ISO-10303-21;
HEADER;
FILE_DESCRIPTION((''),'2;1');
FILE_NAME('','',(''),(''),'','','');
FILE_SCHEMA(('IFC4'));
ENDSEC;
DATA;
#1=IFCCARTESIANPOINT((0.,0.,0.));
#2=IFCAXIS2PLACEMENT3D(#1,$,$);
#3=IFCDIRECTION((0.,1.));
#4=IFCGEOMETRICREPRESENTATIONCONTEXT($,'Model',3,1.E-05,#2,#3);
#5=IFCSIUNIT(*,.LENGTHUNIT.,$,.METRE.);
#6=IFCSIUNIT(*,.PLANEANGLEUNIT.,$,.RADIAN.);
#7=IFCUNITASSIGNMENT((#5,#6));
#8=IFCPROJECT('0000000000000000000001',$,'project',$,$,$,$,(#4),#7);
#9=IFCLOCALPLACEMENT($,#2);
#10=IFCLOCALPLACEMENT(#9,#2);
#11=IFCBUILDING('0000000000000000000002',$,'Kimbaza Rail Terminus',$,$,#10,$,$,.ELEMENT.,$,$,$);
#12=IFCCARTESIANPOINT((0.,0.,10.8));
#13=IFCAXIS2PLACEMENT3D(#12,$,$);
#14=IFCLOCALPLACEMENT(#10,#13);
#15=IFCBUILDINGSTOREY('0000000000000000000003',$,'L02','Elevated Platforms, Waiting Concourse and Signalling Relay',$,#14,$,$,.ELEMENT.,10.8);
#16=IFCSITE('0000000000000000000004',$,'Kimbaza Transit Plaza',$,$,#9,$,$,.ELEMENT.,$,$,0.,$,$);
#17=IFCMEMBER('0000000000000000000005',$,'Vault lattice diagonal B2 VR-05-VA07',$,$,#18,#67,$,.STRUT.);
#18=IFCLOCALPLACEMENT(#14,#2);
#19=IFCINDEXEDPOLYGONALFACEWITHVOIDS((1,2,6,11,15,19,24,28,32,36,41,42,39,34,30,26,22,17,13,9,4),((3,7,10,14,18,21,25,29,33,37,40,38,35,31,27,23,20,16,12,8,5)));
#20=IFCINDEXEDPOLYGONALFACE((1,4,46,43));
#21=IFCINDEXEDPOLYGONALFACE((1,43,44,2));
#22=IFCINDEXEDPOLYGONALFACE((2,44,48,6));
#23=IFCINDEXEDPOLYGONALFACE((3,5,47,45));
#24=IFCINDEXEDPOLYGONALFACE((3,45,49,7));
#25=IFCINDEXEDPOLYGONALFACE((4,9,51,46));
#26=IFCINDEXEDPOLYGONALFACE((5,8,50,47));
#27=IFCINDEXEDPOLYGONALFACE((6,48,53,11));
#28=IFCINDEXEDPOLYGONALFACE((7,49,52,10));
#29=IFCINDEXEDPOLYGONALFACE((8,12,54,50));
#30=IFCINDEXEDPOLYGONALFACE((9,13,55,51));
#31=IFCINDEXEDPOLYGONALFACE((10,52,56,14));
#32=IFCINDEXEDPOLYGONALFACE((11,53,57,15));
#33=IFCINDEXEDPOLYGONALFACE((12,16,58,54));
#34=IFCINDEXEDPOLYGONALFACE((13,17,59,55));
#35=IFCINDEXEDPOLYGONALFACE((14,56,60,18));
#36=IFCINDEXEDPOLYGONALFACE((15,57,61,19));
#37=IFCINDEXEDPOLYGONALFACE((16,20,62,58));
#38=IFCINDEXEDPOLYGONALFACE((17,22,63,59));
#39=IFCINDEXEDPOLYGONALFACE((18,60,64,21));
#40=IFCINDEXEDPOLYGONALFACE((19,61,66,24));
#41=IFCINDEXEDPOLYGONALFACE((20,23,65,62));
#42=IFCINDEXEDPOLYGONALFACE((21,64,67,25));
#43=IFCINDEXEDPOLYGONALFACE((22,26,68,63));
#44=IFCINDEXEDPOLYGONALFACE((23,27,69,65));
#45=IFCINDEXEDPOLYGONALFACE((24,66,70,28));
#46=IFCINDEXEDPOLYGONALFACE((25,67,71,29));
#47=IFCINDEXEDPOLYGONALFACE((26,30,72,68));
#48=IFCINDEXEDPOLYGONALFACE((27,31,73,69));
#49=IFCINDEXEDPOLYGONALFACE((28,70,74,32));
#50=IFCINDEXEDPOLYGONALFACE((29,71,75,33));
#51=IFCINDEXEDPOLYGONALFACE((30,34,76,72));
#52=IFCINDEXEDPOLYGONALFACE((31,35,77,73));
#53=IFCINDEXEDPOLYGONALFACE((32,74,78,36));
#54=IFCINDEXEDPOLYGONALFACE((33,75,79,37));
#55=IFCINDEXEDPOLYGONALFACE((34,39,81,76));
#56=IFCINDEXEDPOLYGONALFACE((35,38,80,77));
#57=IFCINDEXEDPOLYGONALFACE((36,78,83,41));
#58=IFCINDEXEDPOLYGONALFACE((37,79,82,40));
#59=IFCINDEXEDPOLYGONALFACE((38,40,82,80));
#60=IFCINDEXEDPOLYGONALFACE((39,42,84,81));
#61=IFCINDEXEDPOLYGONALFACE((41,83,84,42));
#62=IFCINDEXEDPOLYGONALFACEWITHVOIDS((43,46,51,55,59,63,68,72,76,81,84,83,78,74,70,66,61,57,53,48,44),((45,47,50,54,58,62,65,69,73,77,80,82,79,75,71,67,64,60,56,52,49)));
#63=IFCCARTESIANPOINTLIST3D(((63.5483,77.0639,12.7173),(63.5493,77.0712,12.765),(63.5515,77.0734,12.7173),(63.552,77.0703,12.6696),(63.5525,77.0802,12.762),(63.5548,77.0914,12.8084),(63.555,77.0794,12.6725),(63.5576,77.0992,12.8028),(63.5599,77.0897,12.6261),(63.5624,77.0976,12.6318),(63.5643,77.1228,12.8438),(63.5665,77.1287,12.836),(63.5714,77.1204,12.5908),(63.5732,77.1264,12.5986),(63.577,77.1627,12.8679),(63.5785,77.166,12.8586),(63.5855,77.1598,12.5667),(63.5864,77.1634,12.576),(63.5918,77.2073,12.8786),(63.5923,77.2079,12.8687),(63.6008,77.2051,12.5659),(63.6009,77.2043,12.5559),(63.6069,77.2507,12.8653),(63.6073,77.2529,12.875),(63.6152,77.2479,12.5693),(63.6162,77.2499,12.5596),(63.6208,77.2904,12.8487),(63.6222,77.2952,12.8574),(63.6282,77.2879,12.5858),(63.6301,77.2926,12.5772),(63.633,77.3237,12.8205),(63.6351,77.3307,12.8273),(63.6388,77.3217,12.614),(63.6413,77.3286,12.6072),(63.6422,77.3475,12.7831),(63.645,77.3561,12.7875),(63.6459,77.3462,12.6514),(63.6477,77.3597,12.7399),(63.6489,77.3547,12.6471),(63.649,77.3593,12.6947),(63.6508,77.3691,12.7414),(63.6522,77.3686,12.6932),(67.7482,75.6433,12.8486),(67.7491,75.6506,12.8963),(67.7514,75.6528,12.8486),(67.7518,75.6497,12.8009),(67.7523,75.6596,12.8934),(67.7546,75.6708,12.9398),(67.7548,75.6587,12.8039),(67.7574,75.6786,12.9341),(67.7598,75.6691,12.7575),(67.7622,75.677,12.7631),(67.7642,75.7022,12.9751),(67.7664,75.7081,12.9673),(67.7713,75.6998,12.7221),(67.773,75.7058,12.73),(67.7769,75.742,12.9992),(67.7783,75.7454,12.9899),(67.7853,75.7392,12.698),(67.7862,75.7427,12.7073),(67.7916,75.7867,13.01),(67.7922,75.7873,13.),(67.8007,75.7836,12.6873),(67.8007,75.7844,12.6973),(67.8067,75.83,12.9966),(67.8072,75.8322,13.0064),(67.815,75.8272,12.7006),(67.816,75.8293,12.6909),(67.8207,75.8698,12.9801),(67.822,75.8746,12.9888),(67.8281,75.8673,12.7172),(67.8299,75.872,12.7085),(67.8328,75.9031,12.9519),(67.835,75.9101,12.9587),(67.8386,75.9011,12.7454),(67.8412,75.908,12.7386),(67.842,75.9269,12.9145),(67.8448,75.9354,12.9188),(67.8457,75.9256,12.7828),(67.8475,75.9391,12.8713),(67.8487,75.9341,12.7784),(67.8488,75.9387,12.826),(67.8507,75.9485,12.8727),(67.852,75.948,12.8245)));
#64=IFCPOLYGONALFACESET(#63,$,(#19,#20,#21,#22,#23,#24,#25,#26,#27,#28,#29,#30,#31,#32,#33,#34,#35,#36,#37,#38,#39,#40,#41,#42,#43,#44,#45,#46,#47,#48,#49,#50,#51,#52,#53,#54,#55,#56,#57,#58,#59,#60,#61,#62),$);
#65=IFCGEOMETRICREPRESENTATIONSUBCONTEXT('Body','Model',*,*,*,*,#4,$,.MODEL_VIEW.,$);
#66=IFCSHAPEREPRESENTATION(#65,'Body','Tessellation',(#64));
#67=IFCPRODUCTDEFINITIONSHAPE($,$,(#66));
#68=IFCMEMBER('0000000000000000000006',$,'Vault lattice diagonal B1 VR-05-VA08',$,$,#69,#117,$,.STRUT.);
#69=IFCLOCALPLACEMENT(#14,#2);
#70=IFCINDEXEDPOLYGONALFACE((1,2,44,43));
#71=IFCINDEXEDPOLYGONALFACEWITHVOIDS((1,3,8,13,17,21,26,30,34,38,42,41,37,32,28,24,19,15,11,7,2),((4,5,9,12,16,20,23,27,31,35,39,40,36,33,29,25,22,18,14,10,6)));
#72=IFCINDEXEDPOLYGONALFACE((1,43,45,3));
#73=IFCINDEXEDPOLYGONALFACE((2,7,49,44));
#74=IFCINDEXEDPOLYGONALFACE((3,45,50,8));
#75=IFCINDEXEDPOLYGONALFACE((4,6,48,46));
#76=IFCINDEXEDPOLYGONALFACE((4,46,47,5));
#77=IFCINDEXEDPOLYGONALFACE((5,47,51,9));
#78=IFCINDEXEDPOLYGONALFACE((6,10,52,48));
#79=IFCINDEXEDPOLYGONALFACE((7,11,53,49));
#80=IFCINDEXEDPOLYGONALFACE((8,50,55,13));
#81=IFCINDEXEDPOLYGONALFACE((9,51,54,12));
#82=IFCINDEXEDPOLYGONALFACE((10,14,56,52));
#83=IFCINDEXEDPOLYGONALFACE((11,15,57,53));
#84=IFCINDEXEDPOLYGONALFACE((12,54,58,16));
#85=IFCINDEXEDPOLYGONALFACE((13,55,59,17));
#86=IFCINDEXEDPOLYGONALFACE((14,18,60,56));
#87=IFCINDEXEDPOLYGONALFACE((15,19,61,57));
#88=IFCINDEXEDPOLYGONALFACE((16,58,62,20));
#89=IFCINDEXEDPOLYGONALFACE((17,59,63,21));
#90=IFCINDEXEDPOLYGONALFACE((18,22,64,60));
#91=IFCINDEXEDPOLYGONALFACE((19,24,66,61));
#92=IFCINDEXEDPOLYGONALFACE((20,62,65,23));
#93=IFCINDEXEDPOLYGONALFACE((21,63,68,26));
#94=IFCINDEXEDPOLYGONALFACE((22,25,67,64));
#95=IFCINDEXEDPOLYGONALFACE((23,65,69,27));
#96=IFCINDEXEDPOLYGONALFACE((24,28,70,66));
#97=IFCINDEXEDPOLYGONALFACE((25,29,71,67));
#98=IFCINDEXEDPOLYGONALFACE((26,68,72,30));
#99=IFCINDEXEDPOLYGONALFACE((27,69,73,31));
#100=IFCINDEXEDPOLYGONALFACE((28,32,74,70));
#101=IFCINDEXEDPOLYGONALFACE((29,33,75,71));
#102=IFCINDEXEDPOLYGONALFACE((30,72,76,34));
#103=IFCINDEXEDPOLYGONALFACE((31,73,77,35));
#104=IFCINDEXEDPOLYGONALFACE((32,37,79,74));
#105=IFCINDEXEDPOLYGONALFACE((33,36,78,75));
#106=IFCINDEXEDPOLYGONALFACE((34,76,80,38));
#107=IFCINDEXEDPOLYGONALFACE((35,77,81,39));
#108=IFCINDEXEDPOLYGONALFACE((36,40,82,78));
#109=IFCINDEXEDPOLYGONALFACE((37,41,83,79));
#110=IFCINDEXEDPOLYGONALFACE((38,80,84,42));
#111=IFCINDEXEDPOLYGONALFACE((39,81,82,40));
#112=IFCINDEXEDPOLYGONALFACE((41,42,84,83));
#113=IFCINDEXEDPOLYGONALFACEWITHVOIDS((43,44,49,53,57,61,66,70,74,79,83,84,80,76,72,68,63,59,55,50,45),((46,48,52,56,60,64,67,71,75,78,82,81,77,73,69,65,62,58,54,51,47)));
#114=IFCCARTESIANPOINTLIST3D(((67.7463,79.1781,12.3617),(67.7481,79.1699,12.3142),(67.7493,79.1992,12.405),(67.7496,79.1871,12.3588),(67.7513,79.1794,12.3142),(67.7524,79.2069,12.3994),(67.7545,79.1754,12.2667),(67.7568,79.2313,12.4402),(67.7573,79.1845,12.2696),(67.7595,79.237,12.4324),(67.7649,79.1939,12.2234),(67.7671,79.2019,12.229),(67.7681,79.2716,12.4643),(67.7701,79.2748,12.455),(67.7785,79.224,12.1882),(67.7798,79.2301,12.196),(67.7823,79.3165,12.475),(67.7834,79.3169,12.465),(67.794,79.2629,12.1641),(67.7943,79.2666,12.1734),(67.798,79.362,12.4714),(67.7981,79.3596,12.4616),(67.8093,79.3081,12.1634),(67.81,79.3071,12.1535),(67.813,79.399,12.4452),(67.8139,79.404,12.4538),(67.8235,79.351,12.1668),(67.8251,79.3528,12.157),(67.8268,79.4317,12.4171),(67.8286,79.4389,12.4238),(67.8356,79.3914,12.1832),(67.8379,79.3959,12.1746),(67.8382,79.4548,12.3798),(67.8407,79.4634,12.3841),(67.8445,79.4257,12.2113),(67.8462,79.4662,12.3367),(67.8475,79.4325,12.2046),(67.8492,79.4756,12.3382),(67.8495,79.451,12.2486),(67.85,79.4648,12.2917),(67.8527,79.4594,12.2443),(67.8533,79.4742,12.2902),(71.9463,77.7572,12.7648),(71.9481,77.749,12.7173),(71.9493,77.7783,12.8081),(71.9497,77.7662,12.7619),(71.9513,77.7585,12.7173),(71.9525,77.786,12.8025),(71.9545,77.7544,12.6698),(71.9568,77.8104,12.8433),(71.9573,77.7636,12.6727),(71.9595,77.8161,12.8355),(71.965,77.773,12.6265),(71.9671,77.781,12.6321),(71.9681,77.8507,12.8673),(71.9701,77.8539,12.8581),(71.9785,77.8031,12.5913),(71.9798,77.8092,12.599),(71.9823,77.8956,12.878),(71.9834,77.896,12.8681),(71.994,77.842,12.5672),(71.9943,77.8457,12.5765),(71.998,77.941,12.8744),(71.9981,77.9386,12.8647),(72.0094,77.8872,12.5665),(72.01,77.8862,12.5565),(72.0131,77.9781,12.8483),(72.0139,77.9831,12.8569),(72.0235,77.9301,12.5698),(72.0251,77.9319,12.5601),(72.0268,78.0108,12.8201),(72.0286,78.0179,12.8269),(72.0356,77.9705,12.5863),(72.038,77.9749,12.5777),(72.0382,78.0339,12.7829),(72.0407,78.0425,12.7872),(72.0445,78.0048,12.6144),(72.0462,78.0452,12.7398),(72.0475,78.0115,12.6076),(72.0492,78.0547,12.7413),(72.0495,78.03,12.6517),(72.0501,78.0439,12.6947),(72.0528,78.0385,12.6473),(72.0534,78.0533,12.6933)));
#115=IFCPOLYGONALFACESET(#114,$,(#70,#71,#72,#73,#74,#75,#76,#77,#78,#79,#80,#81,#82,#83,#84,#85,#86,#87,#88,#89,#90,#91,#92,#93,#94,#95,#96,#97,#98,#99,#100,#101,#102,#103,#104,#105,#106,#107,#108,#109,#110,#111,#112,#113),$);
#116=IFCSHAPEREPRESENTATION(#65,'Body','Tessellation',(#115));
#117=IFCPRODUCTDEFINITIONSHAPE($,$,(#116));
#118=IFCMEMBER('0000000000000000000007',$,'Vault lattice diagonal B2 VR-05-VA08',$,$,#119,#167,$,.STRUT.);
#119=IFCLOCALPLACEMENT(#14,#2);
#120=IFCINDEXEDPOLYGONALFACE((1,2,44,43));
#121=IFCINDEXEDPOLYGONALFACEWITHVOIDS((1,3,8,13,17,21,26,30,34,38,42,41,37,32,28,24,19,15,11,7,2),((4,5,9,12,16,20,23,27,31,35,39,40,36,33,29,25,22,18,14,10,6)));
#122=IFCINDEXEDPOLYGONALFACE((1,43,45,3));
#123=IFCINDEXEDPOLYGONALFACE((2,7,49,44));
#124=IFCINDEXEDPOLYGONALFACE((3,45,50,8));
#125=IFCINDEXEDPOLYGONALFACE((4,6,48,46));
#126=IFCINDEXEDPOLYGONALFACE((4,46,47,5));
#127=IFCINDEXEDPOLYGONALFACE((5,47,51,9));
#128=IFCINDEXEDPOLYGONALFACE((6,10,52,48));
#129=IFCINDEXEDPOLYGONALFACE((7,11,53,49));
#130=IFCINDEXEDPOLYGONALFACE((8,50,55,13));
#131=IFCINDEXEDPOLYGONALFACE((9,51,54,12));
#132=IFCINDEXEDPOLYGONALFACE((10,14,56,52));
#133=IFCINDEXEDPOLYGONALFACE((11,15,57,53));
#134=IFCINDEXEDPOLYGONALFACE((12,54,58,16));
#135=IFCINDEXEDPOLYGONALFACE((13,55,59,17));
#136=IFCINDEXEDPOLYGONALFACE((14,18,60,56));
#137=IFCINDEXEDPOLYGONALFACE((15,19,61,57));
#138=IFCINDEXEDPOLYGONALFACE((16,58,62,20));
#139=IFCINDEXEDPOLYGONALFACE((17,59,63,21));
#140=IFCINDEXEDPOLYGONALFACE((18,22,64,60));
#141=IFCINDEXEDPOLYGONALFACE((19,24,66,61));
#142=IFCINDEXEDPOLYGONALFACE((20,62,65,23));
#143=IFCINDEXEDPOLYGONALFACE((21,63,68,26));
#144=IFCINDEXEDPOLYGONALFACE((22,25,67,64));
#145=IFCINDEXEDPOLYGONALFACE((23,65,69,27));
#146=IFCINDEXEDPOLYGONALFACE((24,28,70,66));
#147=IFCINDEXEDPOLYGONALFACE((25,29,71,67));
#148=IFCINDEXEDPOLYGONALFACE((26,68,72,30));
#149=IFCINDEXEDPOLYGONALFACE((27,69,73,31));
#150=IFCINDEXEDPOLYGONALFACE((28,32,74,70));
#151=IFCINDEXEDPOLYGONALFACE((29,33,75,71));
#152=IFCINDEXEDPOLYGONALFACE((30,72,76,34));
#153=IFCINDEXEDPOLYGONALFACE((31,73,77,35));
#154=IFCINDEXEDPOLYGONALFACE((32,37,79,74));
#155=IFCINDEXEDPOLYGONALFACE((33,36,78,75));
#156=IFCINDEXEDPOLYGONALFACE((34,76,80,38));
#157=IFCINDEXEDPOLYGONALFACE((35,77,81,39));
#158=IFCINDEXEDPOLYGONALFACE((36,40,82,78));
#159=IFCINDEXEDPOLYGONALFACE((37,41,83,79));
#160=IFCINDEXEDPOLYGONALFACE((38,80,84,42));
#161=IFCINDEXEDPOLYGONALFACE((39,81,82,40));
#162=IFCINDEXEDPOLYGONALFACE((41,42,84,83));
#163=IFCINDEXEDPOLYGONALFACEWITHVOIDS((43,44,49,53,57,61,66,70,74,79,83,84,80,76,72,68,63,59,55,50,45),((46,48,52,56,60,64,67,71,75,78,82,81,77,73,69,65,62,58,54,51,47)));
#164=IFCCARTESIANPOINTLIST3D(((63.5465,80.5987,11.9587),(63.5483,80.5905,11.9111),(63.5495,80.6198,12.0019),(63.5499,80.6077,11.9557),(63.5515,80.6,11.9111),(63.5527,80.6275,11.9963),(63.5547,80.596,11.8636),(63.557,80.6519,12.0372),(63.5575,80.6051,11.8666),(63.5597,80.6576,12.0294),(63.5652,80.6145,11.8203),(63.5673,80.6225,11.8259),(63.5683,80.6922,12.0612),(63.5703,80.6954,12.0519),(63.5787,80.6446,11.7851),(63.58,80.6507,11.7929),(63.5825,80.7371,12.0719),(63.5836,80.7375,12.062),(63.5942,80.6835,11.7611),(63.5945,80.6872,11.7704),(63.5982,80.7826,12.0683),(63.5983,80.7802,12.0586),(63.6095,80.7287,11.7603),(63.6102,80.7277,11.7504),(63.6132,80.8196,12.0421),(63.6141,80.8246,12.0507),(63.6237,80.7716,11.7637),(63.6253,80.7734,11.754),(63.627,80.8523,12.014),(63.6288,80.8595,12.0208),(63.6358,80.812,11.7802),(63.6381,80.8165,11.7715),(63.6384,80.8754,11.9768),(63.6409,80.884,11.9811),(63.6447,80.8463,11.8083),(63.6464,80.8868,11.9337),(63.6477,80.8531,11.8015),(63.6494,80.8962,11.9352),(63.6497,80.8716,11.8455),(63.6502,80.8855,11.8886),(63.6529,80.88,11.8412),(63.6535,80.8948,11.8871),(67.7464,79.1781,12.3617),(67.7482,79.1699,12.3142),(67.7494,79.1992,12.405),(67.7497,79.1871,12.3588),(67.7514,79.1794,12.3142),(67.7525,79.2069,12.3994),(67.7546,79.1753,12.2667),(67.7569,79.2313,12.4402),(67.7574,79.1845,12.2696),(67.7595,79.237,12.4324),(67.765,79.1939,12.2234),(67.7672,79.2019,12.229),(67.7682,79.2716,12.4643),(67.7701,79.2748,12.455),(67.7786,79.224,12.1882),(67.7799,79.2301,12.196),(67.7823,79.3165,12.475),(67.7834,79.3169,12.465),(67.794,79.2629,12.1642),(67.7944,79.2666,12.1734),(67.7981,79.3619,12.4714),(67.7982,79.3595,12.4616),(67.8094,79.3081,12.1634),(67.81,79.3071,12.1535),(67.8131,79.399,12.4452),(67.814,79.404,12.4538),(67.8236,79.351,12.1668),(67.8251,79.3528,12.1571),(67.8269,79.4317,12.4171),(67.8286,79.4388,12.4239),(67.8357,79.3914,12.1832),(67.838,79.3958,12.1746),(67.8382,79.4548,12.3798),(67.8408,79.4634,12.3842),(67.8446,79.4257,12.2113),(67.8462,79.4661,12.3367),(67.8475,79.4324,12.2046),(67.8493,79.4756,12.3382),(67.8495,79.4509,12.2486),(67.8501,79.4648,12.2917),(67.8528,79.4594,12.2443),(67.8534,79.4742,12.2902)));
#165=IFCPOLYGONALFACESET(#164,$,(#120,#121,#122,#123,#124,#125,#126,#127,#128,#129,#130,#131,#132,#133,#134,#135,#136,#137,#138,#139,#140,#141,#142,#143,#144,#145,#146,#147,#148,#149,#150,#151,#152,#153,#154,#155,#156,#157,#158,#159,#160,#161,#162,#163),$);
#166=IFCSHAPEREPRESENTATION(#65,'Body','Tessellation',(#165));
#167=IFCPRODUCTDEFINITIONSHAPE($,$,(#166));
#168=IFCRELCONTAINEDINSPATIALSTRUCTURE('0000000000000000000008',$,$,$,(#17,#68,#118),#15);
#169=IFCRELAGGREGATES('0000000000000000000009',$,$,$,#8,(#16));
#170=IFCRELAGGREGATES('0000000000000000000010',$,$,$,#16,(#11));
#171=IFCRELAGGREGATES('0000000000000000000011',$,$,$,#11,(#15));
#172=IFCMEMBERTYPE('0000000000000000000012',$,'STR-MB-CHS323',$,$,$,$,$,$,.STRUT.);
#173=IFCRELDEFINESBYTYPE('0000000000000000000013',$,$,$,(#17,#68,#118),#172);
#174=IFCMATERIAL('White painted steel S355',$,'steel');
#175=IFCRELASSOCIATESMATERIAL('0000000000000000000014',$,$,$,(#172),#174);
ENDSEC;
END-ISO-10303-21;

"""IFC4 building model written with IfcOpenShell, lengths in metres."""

from ifc_helpers import new_model, si_unit, direction, frame, origin, origin_2d, place, context, subcontext, project, spatial, hollow_circle, extrude, material, material_profile, profile_set, type_object, element, save


model = new_model("IFC4")

# Units and contexts
model_context = context("Model", 3, precision=1e-05, world=origin(), true_north=direction((0.0, 1.0)))
body_context = subcontext(model_context, "Body", "Model", "MODEL_VIEW")
ifc_project = project(units=[si_unit("LENGTHUNIT", "METRE"), si_unit("PLANEANGLEUNIT", "RADIAN")], contexts=[model_context])

# Site, building, storey
site_placement = place(None, origin())
site = spatial("IfcSite", under=ifc_project, at=site_placement, Name="Kimbaza Transit Plaza", CompositionType="ELEMENT", RefElevation=0.0)
building_placement = place(site_placement, origin())
building = spatial("IfcBuilding", under=site, at=building_placement, Name="Kimbaza Rail Terminus", CompositionType="ELEMENT")
storey_placement = place(building_placement, frame((0.0, 0.0, 10.8)))
storey = spatial("IfcBuildingStorey", under=building, at=storey_placement, Name="L02", Description="Elevated Platforms, Waiting Concourse and Signalling Relay", CompositionType="ELEMENT", Elevation=10.8)

# Members
ifc_material_1 = material(Name="White painted steel S355", Category="steel")
ifc_material_profile_1 = material_profile(ifc_material_1, hollow_circle(Radius=0.1619, WallThickness=0.01, at=origin_2d()), Name="CHS 323.9x10")
ifc_profile_set_1 = profile_set([ifc_material_profile_1], Name="White painted steel S355")
member_type_1 = type_object("IfcMemberType", Name="STR-MB-CHS323", PredefinedType="STRUT", material=ifc_profile_set_1)
member_1_placement = place(storey_placement, frame((67.8, 75.7966, 12.8486), z_axis=(-0.94686, 0.32028, -0.029612), x_axis=(-0.320421, -0.947275, 0.0)))
element("IfcMember", 1, at=member_1_placement, inside=storey, type_object=member_type_1, Name="Vault lattice diagonal B2 VR-05-VA07", PredefinedType="STRUT", context=body_context, shape_type="SweptSolid", body=[
    extrude(hollow_circle(Radius=0.1619, WallThickness=0.01, at=origin_2d()), origin(), (0.0, 0.0, 1.0), 4.4355),
])
member_2_placement = place(storey_placement, frame((72.0, 77.9023, 12.7173), z_axis=(-0.943368, 0.319154, -0.090537), x_axis=(-0.32047, -0.947259, 0.0)))
element("IfcMember", 2, at=member_2_placement, inside=storey, type_object=member_type_1, Name="Vault lattice diagonal B1 VR-05-VA08", PredefinedType="STRUT", context=body_context, shape_type="SweptSolid", body=[
    extrude(hollow_circle(Radius=0.1619, WallThickness=0.01, at=origin_2d()), origin(), (0.0, 0.0, 1.0), 4.4521),
])
member_3_placement = place(storey_placement, frame((67.8, 79.3232, 12.3142), z_axis=(-0.943385, 0.319105, -0.090538), x_axis=(-0.320421, -0.947275, 0.0)))
element("IfcMember", 3, at=member_3_placement, inside=storey, type_object=member_type_1, Name="Vault lattice diagonal B2 VR-05-VA08", PredefinedType="STRUT", context=body_context, shape_type="SweptSolid", body=[
    extrude(hollow_circle(Radius=0.1619, WallThickness=0.01, at=origin_2d()), origin(), (0.0, 0.0, 1.0), 4.4519),
])

save(model, "model.ifc")
